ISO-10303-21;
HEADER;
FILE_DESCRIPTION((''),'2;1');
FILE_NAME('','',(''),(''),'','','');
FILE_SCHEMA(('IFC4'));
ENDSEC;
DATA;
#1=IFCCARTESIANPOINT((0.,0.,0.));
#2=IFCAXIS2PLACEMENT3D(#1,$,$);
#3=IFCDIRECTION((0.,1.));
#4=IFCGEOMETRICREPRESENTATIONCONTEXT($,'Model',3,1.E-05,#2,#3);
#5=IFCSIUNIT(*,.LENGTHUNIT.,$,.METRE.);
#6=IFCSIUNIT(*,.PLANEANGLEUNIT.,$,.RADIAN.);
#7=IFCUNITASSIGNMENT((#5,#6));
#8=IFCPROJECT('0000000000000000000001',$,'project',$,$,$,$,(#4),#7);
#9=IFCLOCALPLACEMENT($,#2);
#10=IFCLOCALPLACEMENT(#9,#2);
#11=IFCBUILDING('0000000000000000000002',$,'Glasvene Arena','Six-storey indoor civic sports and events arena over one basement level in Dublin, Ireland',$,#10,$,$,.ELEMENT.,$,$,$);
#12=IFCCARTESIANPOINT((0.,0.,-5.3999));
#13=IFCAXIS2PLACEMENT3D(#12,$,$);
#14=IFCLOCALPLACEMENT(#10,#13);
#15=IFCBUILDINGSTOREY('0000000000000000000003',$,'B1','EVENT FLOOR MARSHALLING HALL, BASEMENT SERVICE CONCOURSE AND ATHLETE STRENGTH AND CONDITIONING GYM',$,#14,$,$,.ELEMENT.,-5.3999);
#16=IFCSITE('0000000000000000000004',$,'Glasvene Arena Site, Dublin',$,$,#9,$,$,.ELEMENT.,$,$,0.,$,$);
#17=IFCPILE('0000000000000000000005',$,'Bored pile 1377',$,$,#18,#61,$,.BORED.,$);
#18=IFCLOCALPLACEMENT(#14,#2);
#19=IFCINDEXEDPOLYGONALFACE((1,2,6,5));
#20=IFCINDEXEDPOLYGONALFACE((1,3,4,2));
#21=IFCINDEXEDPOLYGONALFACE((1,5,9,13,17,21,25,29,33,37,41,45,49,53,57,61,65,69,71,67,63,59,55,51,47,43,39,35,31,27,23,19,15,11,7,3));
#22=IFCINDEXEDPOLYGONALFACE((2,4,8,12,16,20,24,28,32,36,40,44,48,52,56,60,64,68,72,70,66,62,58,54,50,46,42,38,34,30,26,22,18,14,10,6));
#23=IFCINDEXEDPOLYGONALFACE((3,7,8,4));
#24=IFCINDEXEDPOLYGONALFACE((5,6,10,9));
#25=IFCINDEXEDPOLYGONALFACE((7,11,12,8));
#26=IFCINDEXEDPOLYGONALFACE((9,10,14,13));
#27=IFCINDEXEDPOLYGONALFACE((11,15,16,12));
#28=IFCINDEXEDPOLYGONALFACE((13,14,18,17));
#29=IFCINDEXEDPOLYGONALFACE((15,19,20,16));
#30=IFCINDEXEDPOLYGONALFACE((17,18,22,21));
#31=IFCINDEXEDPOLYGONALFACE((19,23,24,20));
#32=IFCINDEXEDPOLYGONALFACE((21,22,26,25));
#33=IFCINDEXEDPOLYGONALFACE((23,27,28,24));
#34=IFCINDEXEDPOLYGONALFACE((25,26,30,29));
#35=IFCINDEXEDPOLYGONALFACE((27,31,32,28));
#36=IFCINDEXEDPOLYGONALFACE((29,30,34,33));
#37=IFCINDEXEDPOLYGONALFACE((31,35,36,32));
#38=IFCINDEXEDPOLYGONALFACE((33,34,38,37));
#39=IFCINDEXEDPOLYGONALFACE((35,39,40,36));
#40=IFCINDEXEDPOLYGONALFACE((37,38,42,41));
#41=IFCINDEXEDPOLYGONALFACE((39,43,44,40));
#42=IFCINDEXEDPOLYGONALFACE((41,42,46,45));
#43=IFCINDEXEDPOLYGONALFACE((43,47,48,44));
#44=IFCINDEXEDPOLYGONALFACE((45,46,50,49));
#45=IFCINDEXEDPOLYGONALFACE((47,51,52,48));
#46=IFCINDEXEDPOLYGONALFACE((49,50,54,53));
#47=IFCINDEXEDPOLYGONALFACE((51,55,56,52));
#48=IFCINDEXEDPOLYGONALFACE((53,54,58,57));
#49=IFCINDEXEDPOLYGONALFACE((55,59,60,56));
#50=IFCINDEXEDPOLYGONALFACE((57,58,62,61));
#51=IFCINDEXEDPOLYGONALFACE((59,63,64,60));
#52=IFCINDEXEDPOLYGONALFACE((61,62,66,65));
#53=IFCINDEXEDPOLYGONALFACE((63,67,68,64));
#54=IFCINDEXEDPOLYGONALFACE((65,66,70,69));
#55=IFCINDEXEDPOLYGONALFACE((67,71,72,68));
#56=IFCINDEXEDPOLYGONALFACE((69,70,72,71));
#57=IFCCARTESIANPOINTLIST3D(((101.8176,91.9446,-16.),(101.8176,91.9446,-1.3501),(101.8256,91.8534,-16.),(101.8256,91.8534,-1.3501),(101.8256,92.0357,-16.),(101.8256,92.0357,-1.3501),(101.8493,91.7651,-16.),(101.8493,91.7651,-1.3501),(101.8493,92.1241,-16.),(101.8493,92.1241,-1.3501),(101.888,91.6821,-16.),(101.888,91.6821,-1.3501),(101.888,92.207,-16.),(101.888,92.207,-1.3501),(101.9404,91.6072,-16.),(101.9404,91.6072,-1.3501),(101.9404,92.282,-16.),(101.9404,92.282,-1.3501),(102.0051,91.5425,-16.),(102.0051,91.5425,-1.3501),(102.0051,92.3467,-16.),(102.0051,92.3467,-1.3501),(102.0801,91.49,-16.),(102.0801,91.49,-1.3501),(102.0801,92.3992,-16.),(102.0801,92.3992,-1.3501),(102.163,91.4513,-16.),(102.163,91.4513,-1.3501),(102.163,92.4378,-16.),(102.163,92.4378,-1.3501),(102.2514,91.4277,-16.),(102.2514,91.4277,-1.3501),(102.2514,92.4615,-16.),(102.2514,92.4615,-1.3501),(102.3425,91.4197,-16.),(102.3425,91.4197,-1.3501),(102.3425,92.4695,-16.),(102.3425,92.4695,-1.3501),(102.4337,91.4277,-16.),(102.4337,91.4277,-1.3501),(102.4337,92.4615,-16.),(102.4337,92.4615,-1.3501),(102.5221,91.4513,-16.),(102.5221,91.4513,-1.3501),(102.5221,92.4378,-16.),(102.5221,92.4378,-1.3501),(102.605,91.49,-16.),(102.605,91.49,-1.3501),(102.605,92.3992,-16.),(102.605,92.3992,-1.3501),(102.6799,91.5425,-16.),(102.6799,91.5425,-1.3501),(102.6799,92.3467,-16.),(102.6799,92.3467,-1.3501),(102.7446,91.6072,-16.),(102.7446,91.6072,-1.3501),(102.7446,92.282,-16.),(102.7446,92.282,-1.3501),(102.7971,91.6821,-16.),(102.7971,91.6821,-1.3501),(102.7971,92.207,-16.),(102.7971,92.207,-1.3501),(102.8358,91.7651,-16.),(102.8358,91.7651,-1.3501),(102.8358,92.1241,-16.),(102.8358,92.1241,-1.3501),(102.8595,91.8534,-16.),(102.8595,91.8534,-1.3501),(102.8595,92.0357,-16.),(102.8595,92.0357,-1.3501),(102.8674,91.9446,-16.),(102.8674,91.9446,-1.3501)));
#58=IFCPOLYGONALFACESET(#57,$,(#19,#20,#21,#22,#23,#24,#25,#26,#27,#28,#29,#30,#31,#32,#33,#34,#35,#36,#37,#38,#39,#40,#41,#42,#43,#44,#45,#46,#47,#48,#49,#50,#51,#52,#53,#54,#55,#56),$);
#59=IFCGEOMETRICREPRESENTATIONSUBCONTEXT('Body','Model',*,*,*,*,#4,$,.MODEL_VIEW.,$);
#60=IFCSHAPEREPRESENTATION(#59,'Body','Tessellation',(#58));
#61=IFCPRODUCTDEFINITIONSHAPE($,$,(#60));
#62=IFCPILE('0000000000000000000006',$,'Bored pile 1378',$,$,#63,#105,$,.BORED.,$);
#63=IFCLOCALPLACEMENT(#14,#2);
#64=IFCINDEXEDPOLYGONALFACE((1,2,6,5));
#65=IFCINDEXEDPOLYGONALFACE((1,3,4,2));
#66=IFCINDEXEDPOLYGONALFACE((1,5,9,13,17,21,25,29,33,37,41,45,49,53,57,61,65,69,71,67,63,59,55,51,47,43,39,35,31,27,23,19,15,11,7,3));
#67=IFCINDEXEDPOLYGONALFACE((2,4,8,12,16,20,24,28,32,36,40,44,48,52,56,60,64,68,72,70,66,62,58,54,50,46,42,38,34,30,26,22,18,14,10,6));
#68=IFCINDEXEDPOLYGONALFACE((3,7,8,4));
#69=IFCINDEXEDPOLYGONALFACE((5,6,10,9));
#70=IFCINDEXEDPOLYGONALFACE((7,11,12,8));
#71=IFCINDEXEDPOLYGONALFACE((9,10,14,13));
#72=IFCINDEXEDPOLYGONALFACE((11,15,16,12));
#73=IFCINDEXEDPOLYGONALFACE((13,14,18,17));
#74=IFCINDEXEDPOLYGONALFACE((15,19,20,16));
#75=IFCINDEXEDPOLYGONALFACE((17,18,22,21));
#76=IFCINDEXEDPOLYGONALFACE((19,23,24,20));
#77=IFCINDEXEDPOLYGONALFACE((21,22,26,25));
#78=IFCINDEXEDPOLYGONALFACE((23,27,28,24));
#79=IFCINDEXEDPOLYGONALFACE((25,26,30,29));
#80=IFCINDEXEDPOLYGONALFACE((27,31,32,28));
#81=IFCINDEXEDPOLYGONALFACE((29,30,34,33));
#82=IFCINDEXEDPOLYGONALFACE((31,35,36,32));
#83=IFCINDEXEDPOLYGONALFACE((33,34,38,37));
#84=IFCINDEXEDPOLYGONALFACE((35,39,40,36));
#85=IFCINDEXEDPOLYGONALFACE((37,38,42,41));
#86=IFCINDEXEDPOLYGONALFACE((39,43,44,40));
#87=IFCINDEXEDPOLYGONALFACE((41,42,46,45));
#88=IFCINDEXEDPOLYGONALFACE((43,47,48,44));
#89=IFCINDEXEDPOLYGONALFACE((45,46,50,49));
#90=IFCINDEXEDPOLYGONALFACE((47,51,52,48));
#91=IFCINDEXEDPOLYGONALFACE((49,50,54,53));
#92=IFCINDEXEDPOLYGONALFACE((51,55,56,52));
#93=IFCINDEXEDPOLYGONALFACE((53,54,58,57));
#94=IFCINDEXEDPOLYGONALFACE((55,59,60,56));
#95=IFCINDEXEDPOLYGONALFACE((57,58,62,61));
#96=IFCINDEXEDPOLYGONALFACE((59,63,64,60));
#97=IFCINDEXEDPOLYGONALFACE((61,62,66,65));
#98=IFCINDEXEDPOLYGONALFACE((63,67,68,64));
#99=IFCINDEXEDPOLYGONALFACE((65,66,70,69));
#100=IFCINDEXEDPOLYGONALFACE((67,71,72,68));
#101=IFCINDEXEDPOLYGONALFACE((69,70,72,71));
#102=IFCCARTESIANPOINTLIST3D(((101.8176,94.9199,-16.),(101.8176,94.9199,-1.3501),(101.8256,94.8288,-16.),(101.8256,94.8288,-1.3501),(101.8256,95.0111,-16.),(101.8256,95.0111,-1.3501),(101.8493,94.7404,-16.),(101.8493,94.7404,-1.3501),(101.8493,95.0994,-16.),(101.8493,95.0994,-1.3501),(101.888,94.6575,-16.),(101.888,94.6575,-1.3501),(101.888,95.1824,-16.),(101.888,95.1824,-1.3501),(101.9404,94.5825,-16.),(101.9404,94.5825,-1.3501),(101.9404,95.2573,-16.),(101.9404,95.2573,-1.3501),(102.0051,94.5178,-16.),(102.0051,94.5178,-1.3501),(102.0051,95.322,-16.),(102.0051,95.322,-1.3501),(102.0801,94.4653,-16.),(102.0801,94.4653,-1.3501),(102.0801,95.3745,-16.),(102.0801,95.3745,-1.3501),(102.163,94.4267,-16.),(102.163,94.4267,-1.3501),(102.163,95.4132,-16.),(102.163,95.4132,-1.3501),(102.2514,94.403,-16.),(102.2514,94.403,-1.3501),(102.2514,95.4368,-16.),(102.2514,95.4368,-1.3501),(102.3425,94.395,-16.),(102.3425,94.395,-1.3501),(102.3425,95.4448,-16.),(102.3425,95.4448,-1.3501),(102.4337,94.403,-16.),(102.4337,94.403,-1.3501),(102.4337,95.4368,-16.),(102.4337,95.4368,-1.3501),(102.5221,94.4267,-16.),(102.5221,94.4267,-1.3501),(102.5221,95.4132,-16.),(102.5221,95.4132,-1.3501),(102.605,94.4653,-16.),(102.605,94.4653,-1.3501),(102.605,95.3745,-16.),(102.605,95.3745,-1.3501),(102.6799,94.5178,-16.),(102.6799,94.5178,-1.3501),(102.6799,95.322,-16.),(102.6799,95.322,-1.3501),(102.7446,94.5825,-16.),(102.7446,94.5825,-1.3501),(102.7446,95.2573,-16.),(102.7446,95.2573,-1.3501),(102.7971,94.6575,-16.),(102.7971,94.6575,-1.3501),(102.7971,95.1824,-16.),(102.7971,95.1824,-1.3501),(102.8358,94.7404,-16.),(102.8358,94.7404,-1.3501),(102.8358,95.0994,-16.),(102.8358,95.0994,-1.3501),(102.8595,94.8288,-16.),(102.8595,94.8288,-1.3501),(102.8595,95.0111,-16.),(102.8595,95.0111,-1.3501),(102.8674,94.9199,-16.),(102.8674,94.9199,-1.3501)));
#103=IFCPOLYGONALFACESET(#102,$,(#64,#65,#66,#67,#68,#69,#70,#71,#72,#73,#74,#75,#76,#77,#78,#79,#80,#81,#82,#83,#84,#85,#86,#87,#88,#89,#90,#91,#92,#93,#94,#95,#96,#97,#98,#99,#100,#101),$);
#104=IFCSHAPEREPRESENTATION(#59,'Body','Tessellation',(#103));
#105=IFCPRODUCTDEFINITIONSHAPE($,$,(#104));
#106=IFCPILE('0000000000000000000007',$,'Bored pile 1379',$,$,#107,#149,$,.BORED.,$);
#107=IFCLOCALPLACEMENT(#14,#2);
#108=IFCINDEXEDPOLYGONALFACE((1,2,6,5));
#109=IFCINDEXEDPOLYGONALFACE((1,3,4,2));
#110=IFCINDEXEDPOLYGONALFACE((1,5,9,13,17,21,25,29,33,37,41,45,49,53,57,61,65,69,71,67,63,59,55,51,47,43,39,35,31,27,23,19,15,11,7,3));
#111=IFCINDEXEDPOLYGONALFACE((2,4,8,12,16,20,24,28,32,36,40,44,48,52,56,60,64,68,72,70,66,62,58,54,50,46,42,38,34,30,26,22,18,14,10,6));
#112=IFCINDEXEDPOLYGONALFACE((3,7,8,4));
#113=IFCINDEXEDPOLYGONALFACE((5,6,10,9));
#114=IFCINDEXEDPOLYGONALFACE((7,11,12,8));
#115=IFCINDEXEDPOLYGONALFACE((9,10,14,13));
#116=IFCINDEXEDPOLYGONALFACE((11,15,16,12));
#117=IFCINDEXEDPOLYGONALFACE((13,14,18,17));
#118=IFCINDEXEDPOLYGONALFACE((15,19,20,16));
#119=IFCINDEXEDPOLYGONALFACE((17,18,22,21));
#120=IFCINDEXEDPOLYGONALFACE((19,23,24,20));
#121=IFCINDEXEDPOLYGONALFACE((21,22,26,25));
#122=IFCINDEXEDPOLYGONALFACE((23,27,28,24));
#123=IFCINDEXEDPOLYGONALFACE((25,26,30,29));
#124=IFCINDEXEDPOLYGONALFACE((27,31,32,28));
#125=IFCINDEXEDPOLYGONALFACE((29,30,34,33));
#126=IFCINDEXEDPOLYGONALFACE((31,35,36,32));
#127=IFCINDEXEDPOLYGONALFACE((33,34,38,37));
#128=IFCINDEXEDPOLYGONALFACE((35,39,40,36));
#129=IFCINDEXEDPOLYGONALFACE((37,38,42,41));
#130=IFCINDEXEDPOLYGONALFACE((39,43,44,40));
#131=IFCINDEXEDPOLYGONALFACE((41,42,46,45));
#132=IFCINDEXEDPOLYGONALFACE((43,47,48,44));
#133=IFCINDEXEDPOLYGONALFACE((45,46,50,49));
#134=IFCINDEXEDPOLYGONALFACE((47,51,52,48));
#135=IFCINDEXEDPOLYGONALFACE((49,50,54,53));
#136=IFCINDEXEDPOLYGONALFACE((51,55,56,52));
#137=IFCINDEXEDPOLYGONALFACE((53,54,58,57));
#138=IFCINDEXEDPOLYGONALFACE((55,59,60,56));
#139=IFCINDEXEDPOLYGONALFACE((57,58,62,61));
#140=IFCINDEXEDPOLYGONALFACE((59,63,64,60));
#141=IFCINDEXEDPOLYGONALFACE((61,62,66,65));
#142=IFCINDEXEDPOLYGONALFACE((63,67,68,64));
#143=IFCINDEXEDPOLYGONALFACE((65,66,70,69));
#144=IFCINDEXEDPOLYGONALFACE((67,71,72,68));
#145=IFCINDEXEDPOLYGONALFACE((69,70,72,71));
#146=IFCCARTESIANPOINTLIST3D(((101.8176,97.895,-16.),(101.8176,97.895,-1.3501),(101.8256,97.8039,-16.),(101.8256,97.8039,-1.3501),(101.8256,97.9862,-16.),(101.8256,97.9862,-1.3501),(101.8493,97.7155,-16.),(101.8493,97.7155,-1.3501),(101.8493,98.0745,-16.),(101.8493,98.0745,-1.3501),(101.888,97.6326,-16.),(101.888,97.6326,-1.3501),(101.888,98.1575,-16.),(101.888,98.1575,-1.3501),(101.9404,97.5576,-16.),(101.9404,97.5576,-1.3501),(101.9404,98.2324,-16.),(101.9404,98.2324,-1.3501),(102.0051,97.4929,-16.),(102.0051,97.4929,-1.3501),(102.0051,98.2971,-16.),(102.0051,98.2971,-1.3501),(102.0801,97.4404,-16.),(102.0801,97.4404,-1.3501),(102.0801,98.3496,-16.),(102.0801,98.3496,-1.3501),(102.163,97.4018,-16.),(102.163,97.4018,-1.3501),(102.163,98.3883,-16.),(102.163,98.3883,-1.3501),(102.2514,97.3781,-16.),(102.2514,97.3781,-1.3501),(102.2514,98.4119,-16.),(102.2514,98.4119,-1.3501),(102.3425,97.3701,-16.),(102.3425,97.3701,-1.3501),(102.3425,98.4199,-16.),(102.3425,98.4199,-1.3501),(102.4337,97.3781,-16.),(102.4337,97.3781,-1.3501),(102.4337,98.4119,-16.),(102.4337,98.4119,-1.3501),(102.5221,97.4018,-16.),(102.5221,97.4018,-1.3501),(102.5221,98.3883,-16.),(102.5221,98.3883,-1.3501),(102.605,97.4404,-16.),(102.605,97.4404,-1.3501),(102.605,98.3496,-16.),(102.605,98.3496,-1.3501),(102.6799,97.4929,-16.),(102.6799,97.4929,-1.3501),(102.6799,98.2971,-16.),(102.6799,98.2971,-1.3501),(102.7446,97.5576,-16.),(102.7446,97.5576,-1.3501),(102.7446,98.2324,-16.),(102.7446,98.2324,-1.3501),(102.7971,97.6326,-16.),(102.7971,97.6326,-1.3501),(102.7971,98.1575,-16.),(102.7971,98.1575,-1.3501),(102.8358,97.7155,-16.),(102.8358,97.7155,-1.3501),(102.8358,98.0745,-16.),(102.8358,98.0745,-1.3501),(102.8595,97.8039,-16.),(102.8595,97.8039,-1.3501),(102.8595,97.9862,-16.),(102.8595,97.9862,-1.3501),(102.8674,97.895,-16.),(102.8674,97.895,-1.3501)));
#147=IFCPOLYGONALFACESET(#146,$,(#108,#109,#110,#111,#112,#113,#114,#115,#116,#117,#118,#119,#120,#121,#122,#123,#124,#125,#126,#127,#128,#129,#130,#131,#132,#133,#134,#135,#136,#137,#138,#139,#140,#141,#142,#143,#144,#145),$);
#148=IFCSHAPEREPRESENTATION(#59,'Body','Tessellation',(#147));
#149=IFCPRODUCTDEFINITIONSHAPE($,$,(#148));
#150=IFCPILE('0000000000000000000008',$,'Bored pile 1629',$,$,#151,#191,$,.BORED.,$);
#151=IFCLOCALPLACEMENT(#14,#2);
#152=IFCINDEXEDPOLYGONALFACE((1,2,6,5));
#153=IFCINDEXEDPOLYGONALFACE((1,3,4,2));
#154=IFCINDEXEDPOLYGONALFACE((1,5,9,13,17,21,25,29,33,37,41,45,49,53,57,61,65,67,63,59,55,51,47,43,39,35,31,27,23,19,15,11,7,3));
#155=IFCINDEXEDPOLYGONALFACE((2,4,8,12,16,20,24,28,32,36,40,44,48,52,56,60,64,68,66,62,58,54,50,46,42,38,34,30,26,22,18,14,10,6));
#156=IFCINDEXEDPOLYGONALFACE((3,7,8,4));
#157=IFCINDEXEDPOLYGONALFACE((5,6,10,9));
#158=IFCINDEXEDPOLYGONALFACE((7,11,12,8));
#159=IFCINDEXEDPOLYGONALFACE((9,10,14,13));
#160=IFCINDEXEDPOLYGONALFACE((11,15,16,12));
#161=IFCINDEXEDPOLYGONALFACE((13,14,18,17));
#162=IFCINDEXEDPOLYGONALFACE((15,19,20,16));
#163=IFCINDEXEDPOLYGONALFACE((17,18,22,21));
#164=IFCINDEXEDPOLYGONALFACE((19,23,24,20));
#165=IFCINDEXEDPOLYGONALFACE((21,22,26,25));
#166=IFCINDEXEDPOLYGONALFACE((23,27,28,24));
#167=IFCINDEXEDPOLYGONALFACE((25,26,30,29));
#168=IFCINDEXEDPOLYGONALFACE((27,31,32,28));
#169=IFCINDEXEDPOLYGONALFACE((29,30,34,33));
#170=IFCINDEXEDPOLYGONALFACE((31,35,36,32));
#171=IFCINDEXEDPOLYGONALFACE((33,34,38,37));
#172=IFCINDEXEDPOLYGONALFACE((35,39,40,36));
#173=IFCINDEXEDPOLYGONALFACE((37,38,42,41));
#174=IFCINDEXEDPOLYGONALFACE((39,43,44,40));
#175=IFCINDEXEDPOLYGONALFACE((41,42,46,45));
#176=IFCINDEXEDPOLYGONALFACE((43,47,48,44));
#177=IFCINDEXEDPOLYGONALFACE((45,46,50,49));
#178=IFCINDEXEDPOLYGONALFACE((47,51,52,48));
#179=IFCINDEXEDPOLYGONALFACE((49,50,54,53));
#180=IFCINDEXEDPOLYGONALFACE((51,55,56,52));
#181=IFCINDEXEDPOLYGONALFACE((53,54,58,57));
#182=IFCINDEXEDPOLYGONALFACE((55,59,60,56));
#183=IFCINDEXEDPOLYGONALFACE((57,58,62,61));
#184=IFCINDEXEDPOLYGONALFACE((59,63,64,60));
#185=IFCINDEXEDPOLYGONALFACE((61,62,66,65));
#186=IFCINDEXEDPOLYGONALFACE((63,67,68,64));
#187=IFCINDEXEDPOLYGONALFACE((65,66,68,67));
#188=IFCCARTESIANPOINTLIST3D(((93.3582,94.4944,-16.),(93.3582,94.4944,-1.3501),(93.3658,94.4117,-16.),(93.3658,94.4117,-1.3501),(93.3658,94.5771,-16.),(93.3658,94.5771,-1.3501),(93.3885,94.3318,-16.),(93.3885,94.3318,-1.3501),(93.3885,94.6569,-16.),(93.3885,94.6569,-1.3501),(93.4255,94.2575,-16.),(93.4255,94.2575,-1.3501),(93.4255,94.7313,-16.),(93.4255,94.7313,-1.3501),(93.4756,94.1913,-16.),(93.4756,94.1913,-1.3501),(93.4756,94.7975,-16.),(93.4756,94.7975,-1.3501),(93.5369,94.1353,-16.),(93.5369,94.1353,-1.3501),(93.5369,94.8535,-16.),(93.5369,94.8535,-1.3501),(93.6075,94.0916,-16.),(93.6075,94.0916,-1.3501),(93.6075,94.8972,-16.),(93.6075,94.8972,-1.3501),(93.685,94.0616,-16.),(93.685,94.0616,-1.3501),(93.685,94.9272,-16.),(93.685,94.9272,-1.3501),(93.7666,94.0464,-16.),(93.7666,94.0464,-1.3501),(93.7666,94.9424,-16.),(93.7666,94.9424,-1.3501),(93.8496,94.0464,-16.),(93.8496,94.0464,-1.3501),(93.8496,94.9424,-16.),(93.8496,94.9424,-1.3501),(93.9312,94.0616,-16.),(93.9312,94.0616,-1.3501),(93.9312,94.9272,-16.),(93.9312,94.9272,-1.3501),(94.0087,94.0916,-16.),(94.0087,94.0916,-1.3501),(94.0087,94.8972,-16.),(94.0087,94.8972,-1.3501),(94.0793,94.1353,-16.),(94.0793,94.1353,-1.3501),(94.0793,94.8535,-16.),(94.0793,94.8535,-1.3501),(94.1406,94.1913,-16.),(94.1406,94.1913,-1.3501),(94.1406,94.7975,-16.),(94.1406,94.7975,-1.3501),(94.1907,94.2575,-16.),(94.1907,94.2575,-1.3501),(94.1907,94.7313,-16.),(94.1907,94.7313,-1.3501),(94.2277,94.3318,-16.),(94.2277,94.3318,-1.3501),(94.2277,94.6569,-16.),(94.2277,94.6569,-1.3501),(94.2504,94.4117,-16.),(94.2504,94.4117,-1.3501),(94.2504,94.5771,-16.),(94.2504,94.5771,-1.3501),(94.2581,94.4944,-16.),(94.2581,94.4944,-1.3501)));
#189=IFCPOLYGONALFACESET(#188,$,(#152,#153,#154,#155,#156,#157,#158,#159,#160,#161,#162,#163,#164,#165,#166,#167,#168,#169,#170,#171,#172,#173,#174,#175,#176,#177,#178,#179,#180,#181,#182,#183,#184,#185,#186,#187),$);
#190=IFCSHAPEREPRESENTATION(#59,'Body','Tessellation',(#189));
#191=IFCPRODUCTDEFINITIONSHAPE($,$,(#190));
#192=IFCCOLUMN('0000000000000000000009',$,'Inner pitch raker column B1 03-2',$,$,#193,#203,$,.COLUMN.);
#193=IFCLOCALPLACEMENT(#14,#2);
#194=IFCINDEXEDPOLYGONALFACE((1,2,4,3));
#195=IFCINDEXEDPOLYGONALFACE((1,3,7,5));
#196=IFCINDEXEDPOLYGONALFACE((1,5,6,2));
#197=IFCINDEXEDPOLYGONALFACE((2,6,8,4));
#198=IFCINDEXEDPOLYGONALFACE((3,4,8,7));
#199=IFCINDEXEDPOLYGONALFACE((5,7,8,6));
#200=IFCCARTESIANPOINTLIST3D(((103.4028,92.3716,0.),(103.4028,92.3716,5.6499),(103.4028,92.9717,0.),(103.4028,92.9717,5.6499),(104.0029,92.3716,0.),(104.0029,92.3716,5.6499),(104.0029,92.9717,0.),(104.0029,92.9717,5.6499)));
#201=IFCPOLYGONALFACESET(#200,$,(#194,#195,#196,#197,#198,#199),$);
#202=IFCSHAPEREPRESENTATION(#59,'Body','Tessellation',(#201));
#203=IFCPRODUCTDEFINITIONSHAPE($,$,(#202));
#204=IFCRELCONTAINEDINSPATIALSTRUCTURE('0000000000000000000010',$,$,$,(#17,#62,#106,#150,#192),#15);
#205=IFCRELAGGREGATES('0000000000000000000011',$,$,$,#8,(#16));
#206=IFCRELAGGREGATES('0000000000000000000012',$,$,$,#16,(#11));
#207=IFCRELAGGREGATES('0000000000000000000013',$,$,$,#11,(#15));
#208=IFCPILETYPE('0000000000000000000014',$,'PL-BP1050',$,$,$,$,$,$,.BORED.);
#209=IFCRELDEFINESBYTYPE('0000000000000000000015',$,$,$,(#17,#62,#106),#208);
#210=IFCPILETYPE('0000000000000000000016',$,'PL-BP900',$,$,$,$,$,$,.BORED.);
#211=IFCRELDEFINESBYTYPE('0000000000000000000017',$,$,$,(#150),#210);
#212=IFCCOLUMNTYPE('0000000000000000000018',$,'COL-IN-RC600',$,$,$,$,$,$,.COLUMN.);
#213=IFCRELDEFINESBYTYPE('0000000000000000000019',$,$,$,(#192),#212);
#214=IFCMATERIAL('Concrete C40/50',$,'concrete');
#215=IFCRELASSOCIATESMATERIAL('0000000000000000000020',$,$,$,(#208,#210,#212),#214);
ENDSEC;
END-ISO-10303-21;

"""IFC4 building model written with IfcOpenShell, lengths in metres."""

from ifc_helpers import new_model, si_unit, direction, frame, origin, origin_2d, place, context, subcontext, project, spatial, rectangle, circle, extrude, material, material_profile, profile_set, type_object, element, save


model = new_model("IFC4")

# Units and contexts
model_context = context("Model", 3, precision=1e-05, world=origin(), true_north=direction((0.0, 1.0)))
body_context = subcontext(model_context, "Body", "Model", "MODEL_VIEW")
ifc_project = project(units=[si_unit("LENGTHUNIT", "METRE"), si_unit("PLANEANGLEUNIT", "RADIAN")], contexts=[model_context])

# Site, building, storey
site_placement = place(None, origin())
site = spatial("IfcSite", under=ifc_project, at=site_placement, Name="Glasvene Arena Site, Dublin", CompositionType="ELEMENT", RefElevation=0.0)
building_placement = place(site_placement, origin())
building = spatial("IfcBuilding", under=site, at=building_placement, Name="Glasvene Arena", Description="Six-storey indoor civic sports and events arena over one basement level in Dublin, Ireland", CompositionType="ELEMENT")
storey_placement = place(building_placement, frame((0.0, 0.0, -5.3999)))
storey = spatial("IfcBuildingStorey", under=building, at=storey_placement, Name="B1", Description="EVENT FLOOR MARSHALLING HALL, BASEMENT SERVICE CONCOURSE AND ATHLETE STRENGTH AND CONDITIONING GYM", CompositionType="ELEMENT", Elevation=-5.3999)

# Shared definitions
ifc_material_1 = material(Name="Concrete C40/50", Category="concrete")

# Piles
ifc_material_profile_1 = material_profile(ifc_material_1, circle(Radius=0.5249, at=origin_2d()), Name="BORED PILE 1050")
ifc_profile_set_1 = profile_set([ifc_material_profile_1], Name="Concrete C40/50")
pile_type_1 = type_object("IfcPileType", Name="PL-BP1050", PredefinedType="BORED", material=ifc_profile_set_1)
for number, where, z_axis, x_axis, name in (
    (1, (102.3425, 91.9446, -1.3501), (0.0, 0.0, -1.0), (1.0, 0.0, 0.0), "Bored pile 1377"),
    (2, (102.3425, 94.9199, -1.3501), (0.0, 0.0, -1.0), (1.0, 0.0, 0.0), "Bored pile 1378"),
    (3, (102.3425, 97.895, -1.3501), (0.0, 0.0, -1.0), (1.0, 0.0, 0.0), "Bored pile 1379"),
):
    element("IfcPile", number, at=place(storey_placement, frame(where, z_axis=z_axis, x_axis=x_axis)), inside=storey, type_object=pile_type_1, Name=name, PredefinedType="BORED", context=body_context, shape_type="SweptSolid", body=[
        extrude(circle(Radius=0.5249, at=origin_2d()), origin(), (0.0, 0.0, 1.0), 14.6499),
    ])
ifc_material_profile_2 = material_profile(ifc_material_1, circle(Radius=0.45, at=origin_2d()), Name="BORED PILE 900")
ifc_profile_set_2 = profile_set([ifc_material_profile_2], Name="Concrete C40/50")
pile_type_2 = type_object("IfcPileType", Name="PL-BP900", PredefinedType="BORED", material=ifc_profile_set_2)
pile_placement = place(storey_placement, frame((93.8081, 94.4944, -1.3501), z_axis=(0.0, 0.0, -1.0), x_axis=(1.0, 0.0, 0.0)))
element("IfcPile", 4, at=pile_placement, inside=storey, type_object=pile_type_2, Name="Bored pile 1629", PredefinedType="BORED", context=body_context, shape_type="SweptSolid", body=[
    extrude(circle(Radius=0.45, at=origin_2d()), origin(), (0.0, 0.0, 1.0), 14.6499),
])

# Column
ifc_material_profile_3 = material_profile(ifc_material_1, rectangle(XDim=0.6001, YDim=0.6001, at=origin_2d()), Name="RC 600x600")
ifc_profile_set_3 = profile_set([ifc_material_profile_3], Name="Concrete C40/50")
column_type = type_object("IfcColumnType", Name="COL-IN-RC600", PredefinedType="COLUMN", material=ifc_profile_set_3)
for number, where, z_axis, x_axis, name in (
    (5, (103.7029, 92.6716, 0.0), (0.0, 0.0, 1.0), (1.0, 0.0, 0.0), "Inner pitch raker column B1 03-2"),
):
    element("IfcColumn", number, at=place(storey_placement, frame(where, z_axis=z_axis, x_axis=x_axis)), inside=storey, type_object=column_type, Name=name, PredefinedType="COLUMN", context=body_context, shape_type="SweptSolid", body=[
        extrude(rectangle(XDim=0.6001, YDim=0.6001, at=origin_2d()), origin(), (0.0, 0.0, 1.0), 5.6499),
    ])

save(model, "model.ifc")
